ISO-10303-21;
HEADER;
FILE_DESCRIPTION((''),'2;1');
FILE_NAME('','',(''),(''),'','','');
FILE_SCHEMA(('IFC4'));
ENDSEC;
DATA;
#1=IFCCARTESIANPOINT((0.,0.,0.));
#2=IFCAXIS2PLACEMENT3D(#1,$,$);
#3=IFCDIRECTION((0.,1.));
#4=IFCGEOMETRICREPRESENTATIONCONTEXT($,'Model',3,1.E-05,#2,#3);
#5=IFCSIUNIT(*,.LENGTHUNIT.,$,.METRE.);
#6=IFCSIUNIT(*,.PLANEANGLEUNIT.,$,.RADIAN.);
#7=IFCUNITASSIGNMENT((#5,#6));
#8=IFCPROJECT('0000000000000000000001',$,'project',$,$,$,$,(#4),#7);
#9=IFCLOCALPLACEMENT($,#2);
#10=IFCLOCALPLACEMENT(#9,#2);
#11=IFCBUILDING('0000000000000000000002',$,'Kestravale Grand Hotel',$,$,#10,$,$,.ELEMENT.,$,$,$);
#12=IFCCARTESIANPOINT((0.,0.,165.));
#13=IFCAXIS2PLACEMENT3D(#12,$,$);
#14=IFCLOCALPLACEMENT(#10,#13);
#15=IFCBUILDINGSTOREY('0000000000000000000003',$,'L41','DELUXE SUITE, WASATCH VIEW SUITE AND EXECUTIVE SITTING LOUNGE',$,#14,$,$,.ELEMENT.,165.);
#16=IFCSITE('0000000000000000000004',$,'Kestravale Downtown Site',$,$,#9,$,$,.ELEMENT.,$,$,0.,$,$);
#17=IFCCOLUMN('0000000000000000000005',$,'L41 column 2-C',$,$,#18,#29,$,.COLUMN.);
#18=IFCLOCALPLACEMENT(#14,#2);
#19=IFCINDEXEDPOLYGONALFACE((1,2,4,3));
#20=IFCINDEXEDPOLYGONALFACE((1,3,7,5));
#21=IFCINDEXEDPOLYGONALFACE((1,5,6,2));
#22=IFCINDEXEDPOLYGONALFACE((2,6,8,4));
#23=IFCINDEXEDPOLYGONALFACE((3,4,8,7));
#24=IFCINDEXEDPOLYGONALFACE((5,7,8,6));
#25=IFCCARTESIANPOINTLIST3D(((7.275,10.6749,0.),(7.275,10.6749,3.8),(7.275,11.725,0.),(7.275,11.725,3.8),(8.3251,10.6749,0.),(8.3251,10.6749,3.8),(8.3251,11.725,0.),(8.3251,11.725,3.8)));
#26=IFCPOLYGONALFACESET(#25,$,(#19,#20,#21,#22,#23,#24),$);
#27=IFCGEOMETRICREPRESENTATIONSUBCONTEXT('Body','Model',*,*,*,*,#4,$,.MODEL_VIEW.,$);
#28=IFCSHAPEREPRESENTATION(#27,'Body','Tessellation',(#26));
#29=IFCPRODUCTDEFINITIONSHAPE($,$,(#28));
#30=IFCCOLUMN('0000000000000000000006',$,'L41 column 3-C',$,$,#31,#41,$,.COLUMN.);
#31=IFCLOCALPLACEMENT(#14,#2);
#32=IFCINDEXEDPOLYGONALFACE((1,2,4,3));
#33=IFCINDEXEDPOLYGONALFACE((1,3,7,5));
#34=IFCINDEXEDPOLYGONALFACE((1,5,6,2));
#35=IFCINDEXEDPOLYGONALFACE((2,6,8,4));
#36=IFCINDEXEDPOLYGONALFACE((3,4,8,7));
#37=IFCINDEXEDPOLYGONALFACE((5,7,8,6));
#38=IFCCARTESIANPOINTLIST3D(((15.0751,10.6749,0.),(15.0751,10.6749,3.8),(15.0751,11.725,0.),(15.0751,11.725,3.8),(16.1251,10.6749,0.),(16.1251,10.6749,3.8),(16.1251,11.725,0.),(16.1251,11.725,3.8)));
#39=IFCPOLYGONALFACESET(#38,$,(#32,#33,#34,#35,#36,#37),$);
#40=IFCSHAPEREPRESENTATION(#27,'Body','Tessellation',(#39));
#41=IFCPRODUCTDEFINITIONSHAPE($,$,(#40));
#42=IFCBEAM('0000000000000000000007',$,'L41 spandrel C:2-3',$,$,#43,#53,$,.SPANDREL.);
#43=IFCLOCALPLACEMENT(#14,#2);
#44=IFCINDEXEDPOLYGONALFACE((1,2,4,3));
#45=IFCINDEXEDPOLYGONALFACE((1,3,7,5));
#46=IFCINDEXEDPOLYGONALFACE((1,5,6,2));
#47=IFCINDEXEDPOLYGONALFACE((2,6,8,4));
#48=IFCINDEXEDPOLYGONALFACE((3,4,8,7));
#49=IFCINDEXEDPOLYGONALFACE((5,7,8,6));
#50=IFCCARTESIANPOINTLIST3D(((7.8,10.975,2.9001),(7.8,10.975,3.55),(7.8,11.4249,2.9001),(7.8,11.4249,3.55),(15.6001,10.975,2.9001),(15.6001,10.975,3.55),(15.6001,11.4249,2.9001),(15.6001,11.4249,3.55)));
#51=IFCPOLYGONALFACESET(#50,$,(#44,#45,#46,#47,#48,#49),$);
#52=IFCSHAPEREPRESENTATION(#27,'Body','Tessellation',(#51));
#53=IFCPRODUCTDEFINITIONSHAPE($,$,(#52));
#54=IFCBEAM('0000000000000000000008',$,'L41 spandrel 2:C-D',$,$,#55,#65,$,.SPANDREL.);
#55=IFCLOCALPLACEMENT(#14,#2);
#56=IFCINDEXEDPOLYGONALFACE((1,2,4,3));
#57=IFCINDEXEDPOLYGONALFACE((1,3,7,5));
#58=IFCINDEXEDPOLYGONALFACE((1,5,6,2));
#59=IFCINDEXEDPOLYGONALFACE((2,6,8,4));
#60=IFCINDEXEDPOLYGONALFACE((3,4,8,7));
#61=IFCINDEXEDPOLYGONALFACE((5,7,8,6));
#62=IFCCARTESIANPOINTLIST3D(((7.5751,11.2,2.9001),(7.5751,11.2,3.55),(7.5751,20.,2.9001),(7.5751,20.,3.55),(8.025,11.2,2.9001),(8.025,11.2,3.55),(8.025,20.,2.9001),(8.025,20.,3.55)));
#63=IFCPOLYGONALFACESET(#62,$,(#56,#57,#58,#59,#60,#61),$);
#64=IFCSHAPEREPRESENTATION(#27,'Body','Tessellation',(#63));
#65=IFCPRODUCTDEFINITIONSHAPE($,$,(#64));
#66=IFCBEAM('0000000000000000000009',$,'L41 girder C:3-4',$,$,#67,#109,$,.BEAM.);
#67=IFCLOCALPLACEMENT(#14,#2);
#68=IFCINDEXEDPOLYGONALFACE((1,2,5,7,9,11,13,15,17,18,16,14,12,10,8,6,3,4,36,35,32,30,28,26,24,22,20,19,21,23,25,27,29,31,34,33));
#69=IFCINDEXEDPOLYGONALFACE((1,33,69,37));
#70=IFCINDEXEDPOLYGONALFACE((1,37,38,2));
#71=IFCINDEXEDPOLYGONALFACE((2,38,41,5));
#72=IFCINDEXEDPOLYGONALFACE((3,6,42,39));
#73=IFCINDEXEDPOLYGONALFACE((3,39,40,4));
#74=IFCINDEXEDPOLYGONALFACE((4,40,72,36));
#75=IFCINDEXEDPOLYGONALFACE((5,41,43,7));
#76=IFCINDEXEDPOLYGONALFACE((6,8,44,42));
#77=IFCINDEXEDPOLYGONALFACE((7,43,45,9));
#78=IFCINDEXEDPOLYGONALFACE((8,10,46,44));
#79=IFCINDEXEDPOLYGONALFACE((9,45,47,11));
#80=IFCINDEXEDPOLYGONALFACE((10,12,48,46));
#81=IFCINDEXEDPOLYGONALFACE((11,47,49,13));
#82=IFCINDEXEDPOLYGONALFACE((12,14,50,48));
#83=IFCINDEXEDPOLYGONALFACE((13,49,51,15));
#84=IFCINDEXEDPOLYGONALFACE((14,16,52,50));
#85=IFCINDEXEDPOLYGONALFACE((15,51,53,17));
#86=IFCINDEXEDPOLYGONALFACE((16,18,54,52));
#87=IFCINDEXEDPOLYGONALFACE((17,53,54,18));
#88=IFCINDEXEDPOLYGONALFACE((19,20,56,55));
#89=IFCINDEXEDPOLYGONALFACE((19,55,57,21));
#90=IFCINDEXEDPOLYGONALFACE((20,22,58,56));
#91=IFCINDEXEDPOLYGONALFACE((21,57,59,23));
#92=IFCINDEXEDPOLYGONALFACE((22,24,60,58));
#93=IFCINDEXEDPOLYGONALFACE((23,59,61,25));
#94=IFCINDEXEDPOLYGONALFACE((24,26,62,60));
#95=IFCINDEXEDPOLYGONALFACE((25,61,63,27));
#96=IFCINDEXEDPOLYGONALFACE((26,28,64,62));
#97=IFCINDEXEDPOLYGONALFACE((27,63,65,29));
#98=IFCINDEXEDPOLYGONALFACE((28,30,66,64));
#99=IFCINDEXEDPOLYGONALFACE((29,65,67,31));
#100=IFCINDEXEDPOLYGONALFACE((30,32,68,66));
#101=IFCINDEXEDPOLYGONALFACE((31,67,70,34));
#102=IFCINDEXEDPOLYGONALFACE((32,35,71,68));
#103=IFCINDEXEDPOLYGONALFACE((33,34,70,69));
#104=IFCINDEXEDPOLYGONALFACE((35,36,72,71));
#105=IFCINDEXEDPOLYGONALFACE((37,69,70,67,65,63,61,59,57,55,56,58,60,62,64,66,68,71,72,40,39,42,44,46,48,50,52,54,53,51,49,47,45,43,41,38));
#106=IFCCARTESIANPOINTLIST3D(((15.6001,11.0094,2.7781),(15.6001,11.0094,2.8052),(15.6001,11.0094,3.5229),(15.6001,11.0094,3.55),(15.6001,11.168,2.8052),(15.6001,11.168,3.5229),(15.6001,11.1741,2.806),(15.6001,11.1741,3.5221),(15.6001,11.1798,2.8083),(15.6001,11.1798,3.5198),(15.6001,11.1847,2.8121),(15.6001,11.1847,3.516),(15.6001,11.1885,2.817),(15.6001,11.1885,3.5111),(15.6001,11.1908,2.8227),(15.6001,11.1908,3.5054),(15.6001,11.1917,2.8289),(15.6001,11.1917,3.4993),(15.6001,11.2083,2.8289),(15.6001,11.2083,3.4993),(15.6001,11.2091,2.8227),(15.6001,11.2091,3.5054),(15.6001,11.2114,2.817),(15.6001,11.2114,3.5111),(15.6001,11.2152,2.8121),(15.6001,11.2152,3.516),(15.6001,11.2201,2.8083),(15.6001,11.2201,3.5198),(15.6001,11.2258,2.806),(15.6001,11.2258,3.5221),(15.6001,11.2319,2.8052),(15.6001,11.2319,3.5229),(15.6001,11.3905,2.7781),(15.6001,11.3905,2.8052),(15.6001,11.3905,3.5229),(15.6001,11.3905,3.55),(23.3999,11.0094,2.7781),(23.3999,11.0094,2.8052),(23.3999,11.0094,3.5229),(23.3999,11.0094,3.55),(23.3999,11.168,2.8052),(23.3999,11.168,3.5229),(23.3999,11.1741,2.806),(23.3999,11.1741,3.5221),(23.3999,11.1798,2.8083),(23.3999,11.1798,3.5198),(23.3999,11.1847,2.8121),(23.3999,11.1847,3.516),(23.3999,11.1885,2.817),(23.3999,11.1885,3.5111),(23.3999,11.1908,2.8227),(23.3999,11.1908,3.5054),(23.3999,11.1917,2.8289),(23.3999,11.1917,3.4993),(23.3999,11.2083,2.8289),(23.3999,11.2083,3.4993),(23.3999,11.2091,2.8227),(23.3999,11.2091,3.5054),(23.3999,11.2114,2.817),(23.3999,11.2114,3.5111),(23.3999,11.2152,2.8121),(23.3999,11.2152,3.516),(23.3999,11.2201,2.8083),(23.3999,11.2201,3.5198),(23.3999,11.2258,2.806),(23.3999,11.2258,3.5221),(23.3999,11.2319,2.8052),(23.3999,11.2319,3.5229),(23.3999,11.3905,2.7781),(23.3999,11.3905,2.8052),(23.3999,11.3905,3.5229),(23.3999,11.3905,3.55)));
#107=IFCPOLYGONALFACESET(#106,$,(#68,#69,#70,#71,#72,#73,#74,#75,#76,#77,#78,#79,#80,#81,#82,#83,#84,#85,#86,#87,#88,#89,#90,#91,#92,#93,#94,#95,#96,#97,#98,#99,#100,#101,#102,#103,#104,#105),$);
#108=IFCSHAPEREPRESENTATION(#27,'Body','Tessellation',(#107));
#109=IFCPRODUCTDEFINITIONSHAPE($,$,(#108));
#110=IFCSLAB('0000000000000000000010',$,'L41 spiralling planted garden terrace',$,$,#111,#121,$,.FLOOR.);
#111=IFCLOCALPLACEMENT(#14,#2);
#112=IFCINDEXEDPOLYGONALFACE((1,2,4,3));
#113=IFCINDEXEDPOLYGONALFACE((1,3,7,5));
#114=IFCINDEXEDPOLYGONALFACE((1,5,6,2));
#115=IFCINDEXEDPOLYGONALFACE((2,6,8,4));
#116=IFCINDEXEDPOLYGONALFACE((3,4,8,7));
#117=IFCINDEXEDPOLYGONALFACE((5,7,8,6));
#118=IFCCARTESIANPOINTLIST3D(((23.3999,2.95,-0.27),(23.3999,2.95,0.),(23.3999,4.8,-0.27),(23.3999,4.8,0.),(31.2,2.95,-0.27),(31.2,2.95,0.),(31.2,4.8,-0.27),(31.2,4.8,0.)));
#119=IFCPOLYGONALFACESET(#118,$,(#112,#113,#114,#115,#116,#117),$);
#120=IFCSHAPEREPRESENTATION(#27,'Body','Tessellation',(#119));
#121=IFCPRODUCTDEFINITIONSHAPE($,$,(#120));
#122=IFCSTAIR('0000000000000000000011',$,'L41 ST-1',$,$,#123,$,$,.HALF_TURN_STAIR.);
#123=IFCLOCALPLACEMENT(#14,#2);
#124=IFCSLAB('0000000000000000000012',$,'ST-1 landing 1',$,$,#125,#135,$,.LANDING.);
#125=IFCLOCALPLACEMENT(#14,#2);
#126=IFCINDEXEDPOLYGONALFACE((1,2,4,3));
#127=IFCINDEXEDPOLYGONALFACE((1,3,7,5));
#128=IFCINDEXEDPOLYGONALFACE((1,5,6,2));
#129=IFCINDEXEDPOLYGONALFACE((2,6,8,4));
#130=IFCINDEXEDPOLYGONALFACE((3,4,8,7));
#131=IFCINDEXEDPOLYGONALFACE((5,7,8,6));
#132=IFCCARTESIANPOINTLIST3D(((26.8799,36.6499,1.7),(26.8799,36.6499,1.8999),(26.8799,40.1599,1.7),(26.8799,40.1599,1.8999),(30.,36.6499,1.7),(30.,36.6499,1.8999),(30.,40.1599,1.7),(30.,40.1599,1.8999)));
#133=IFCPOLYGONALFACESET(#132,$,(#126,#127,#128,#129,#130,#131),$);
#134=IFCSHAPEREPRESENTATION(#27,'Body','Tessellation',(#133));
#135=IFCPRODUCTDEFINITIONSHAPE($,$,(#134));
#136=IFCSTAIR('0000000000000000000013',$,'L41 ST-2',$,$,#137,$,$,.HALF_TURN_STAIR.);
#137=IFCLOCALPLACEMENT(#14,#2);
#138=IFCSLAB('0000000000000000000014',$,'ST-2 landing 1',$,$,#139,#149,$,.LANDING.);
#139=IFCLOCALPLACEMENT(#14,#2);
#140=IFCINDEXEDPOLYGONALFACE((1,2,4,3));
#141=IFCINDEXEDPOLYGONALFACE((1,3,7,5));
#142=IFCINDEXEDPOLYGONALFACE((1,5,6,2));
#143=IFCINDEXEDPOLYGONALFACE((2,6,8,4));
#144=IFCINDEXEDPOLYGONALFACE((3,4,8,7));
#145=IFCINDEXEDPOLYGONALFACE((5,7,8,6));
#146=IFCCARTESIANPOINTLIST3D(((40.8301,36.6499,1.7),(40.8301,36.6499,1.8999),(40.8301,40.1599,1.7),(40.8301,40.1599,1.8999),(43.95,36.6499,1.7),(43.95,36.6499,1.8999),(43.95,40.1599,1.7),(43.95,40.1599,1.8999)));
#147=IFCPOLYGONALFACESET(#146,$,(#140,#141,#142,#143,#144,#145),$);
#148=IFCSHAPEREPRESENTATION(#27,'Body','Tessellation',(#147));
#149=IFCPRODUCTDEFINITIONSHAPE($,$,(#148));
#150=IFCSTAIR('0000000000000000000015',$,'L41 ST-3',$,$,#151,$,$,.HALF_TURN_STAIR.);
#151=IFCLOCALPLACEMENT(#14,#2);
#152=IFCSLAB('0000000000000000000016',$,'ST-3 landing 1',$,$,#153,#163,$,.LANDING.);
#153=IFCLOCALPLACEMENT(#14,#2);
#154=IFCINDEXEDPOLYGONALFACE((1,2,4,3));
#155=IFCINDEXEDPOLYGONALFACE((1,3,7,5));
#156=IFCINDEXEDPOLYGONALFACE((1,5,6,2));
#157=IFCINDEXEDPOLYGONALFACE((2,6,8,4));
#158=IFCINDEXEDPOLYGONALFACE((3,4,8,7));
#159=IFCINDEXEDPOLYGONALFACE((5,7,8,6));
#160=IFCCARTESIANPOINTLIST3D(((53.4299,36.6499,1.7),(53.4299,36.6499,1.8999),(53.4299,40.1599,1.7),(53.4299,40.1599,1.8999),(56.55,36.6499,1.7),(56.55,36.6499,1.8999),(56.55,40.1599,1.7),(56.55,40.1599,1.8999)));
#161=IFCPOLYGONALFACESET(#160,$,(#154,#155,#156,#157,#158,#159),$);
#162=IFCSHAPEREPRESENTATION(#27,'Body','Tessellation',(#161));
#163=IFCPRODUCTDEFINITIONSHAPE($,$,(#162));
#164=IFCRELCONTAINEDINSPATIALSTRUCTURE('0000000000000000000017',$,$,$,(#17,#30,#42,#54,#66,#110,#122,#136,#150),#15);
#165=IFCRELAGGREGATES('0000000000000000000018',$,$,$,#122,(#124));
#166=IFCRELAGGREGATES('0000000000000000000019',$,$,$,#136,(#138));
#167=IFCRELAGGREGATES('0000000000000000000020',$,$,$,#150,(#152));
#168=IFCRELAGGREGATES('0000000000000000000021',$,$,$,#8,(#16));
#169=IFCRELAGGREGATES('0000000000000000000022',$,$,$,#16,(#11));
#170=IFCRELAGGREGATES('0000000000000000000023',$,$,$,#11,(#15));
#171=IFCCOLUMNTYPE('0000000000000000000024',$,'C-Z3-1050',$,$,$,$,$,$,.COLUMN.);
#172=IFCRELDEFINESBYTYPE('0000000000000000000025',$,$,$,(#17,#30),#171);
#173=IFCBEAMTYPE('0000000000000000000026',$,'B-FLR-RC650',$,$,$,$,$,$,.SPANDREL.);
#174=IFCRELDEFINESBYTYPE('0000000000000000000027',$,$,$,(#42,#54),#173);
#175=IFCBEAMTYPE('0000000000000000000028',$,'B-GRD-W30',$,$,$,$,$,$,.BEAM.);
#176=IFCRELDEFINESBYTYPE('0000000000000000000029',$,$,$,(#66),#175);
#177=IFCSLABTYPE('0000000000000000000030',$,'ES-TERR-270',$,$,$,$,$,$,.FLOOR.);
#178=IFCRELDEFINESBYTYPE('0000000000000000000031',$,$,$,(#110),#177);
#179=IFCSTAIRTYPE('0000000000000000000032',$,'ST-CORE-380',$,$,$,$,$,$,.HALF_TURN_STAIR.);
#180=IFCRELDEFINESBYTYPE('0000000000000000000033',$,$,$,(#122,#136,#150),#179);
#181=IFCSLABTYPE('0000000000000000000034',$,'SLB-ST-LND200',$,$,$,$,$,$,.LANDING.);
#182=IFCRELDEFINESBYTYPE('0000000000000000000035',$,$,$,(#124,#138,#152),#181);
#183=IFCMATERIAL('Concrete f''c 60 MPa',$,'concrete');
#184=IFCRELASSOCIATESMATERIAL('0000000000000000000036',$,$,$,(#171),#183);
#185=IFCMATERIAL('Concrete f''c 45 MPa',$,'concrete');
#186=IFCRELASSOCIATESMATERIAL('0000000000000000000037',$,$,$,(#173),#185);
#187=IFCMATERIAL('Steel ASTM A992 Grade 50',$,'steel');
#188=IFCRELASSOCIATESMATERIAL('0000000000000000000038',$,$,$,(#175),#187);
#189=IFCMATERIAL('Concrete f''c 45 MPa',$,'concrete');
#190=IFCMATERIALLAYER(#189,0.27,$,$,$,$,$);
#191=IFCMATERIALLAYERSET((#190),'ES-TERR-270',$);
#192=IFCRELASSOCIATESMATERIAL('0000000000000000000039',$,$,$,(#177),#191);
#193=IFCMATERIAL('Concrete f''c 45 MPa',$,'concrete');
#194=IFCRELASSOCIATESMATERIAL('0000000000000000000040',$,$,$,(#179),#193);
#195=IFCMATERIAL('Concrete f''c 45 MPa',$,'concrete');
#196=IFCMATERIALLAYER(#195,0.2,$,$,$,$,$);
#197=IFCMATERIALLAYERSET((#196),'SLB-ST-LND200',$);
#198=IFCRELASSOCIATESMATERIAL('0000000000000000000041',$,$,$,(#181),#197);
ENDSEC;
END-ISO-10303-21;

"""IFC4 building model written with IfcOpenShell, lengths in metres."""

from ifc_helpers import new_model, si_unit, direction, frame, origin, origin_2d, place, context, subcontext, project, spatial, polyline, rectangle, i_section, outline, extrude, material, layer, layer_set, material_profile, profile_set, type_object, element, aggregate, save


model = new_model("IFC4")

# Units and contexts
model_context = context("Model", 3, precision=1e-05, world=origin(), true_north=direction((0.0, 1.0)))
body_context = subcontext(model_context, "Body", "Model", "MODEL_VIEW")
ifc_project = project(units=[si_unit("LENGTHUNIT", "METRE"), si_unit("PLANEANGLEUNIT", "RADIAN")], contexts=[model_context])

# Site, building, storey
site_placement = place(None, origin())
site = spatial("IfcSite", under=ifc_project, at=site_placement, Name="Kestravale Downtown Site", CompositionType="ELEMENT", RefElevation=0.0)
building_placement = place(site_placement, origin())
building = spatial("IfcBuilding", under=site, at=building_placement, Name="Kestravale Grand Hotel", CompositionType="ELEMENT")
storey_placement = place(building_placement, frame((0.0, 0.0, 165.0)))
storey = spatial("IfcBuildingStorey", under=building, at=storey_placement, Name="L41", Description="DELUXE SUITE, WASATCH VIEW SUITE AND EXECUTIVE SITTING LOUNGE", CompositionType="ELEMENT", Elevation=165.0)

# Columns
ifc_material_1 = material(Name="Concrete f'c 60 MPa", Category="concrete")
ifc_material_profile_1 = material_profile(ifc_material_1, rectangle(XDim=1.05, YDim=1.05, at=origin_2d()))
ifc_profile_set_1 = profile_set([ifc_material_profile_1], Name="Concrete f'c 60 MPa")
column_type = type_object("IfcColumnType", Name="C-Z3-1050", PredefinedType="COLUMN", material=ifc_profile_set_1)
for number, where, z_axis, x_axis, name in (
    (1, (7.8, 11.2, 0.0), (0.0, 0.0, 1.0), (1.0, 0.0, 0.0), "L41 column 2-C"),
    (2, (15.6001, 11.2, 0.0), (0.0, 0.0, 1.0), (1.0, 0.0, 0.0), "L41 column 3-C"),
):
    element("IfcColumn", number, at=place(storey_placement, frame(where, z_axis=z_axis, x_axis=x_axis)), inside=storey, type_object=column_type, Name=name, PredefinedType="COLUMN", context=body_context, shape_type="SweptSolid", body=[
        extrude(rectangle(XDim=1.05, YDim=1.05, at=origin_2d()), origin(), (0.0, 0.0, 1.0), 3.8),
    ])

# Beams
ifc_material_2 = material(Name="Concrete f'c 45 MPa", Category="concrete")
ifc_material_profile_2 = material_profile(ifc_material_2, rectangle(XDim=0.45, YDim=0.6499, at=origin_2d()))
ifc_profile_set_2 = profile_set([ifc_material_profile_2], Name="Concrete f'c 45 MPa")
beam_type_1 = type_object("IfcBeamType", Name="B-FLR-RC650", PredefinedType="SPANDREL", material=ifc_profile_set_2)
beam_1_placement = place(storey_placement, frame((7.8, 11.2, 3.2251), z_axis=(1.0, 0.0, 0.0), x_axis=(0.0, 1.0, 0.0)))
element("IfcBeam", 3, at=beam_1_placement, inside=storey, type_object=beam_type_1, Name="L41 spandrel C:2-3", PredefinedType="SPANDREL", context=body_context, shape_type="SweptSolid", body=[
    extrude(rectangle(XDim=0.45, YDim=0.6499, at=origin_2d()), origin(), (0.0, 0.0, 1.0), 7.8),
])
beam_2_placement = place(storey_placement, frame((7.8, 11.2, 3.2251), z_axis=(0.0, 1.0, 0.0), x_axis=(-1.0, 0.0, 0.0)))
element("IfcBeam", 4, at=beam_2_placement, inside=storey, type_object=beam_type_1, Name="L41 spandrel 2:C-D", PredefinedType="SPANDREL", context=body_context, shape_type="SweptSolid", body=[
    extrude(rectangle(XDim=0.45, YDim=0.6499, at=origin_2d()), origin(), (0.0, 0.0, 1.0), 8.8),
])
ifc_material_3 = material(Name="Steel ASTM A992 Grade 50", Category="steel")
ifc_material_profile_3 = material_profile(ifc_material_3, i_section(OverallWidth=0.3811, OverallDepth=0.772, WebThickness=0.0166, FlangeThickness=0.0271, FilletRadius=0.0237, at=origin_2d()))
ifc_profile_set_3 = profile_set([ifc_material_profile_3], Name="Steel ASTM A992 Grade 50")
beam_type_2 = type_object("IfcBeamType", Name="B-GRD-W30", PredefinedType="BEAM", material=ifc_profile_set_3)
beam_3_placement = place(storey_placement, frame((15.6001, 11.2, 3.1641), z_axis=(1.0, 0.0, 0.0), x_axis=(0.0, 1.0, 0.0)))
element("IfcBeam", 5, at=beam_3_placement, inside=storey, type_object=beam_type_2, Name="L41 girder C:3-4", PredefinedType="BEAM", context=body_context, shape_type="SweptSolid", body=[
    extrude(i_section(OverallWidth=0.3811, OverallDepth=0.772, WebThickness=0.0166, FlangeThickness=0.0271, FilletRadius=0.0237, at=origin_2d()), origin(), (0.0, 0.0, 1.0), 7.7998),
])

# Slab
ifc_material_4 = material(Name="Concrete f'c 45 MPa", Category="concrete")
ifc_layer_1 = layer(ifc_material_4, 0.27)
ifc_layer_set_1 = layer_set([ifc_layer_1], Name="ES-TERR-270")
slab_type_1 = type_object("IfcSlabType", Name="ES-TERR-270", PredefinedType="FLOOR", material=ifc_layer_set_1)
slab_1_placement = place(storey_placement, frame((0.0, 0.0, -0.27)))
element("IfcSlab", 6, at=slab_1_placement, inside=storey, type_object=slab_type_1, Name="L41 spiralling planted garden terrace", PredefinedType="FLOOR", context=body_context, shape_type="SweptSolid", body=[
    extrude(outline(polyline([(23.3999, 2.95), (31.2, 2.95), (31.2, 4.8), (23.3999, 4.8), (23.3999, 2.95)])), origin(), (0.0, 0.0, 1.0), 0.27),
])

# Stairs, slabs
ifc_material_5 = material(Name="Concrete f'c 45 MPa", Category="concrete")
stair_type = type_object("IfcStairType", Name="ST-CORE-380", PredefinedType="HALF_TURN_STAIR", material=ifc_material_5)
stair_1_placement = place(storey_placement, origin())
stair_1 = element("IfcStair", 7, at=stair_1_placement, inside=storey, type_object=stair_type, Name="L41 ST-1", PredefinedType="HALF_TURN_STAIR")
ifc_material_6 = material(Name="Concrete f'c 45 MPa", Category="concrete")
ifc_layer_2 = layer(ifc_material_6, 0.2)
ifc_layer_set_2 = layer_set([ifc_layer_2], Name="SLB-ST-LND200")
slab_type_2 = type_object("IfcSlabType", Name="SLB-ST-LND200", PredefinedType="LANDING", material=ifc_layer_set_2)
slab_2_placement = place(storey_placement, frame((0.0, 0.0, 1.7)))
slab_2 = element("IfcSlab", 8, at=slab_2_placement, type_object=slab_type_2, Name="ST-1 landing 1", PredefinedType="LANDING", context=body_context, shape_type="SweptSolid", body=[
    extrude(outline(polyline([(26.8799, 36.6499), (30.0, 36.6499), (30.0, 40.1599), (26.8799, 40.1599), (26.8799, 36.6499)])), origin(), (0.0, 0.0, 1.0), 0.2),
])
aggregate(stair_1, [slab_2])
stair_2_placement = place(storey_placement, origin())
stair_2 = element("IfcStair", 9, at=stair_2_placement, inside=storey, type_object=stair_type, Name="L41 ST-2", PredefinedType="HALF_TURN_STAIR")
slab_3_placement = place(storey_placement, frame((0.0, 0.0, 1.7)))
slab_3 = element("IfcSlab", 10, at=slab_3_placement, type_object=slab_type_2, Name="ST-2 landing 1", PredefinedType="LANDING", context=body_context, shape_type="SweptSolid", body=[
    extrude(outline(polyline([(40.8301, 36.6499), (43.95, 36.6499), (43.95, 40.1599), (40.8301, 40.1599), (40.8301, 36.6499)])), origin(), (0.0, 0.0, 1.0), 0.2),
])
aggregate(stair_2, [slab_3])
stair_3_placement = place(storey_placement, origin())
stair_3 = element("IfcStair", 11, at=stair_3_placement, inside=storey, type_object=stair_type, Name="L41 ST-3", PredefinedType="HALF_TURN_STAIR")
slab_4_placement = place(storey_placement, frame((0.0, 0.0, 1.7)))
slab_4 = element("IfcSlab", 12, at=slab_4_placement, type_object=slab_type_2, Name="ST-3 landing 1", PredefinedType="LANDING", context=body_context, shape_type="SweptSolid", body=[
    extrude(outline(polyline([(53.4299, 36.6499), (56.55, 36.6499), (56.55, 40.1599), (53.4299, 40.1599), (53.4299, 36.6499)])), origin(), (0.0, 0.0, 1.0), 0.2),
])
aggregate(stair_3, [slab_4])

save(model, "model.ifc")
